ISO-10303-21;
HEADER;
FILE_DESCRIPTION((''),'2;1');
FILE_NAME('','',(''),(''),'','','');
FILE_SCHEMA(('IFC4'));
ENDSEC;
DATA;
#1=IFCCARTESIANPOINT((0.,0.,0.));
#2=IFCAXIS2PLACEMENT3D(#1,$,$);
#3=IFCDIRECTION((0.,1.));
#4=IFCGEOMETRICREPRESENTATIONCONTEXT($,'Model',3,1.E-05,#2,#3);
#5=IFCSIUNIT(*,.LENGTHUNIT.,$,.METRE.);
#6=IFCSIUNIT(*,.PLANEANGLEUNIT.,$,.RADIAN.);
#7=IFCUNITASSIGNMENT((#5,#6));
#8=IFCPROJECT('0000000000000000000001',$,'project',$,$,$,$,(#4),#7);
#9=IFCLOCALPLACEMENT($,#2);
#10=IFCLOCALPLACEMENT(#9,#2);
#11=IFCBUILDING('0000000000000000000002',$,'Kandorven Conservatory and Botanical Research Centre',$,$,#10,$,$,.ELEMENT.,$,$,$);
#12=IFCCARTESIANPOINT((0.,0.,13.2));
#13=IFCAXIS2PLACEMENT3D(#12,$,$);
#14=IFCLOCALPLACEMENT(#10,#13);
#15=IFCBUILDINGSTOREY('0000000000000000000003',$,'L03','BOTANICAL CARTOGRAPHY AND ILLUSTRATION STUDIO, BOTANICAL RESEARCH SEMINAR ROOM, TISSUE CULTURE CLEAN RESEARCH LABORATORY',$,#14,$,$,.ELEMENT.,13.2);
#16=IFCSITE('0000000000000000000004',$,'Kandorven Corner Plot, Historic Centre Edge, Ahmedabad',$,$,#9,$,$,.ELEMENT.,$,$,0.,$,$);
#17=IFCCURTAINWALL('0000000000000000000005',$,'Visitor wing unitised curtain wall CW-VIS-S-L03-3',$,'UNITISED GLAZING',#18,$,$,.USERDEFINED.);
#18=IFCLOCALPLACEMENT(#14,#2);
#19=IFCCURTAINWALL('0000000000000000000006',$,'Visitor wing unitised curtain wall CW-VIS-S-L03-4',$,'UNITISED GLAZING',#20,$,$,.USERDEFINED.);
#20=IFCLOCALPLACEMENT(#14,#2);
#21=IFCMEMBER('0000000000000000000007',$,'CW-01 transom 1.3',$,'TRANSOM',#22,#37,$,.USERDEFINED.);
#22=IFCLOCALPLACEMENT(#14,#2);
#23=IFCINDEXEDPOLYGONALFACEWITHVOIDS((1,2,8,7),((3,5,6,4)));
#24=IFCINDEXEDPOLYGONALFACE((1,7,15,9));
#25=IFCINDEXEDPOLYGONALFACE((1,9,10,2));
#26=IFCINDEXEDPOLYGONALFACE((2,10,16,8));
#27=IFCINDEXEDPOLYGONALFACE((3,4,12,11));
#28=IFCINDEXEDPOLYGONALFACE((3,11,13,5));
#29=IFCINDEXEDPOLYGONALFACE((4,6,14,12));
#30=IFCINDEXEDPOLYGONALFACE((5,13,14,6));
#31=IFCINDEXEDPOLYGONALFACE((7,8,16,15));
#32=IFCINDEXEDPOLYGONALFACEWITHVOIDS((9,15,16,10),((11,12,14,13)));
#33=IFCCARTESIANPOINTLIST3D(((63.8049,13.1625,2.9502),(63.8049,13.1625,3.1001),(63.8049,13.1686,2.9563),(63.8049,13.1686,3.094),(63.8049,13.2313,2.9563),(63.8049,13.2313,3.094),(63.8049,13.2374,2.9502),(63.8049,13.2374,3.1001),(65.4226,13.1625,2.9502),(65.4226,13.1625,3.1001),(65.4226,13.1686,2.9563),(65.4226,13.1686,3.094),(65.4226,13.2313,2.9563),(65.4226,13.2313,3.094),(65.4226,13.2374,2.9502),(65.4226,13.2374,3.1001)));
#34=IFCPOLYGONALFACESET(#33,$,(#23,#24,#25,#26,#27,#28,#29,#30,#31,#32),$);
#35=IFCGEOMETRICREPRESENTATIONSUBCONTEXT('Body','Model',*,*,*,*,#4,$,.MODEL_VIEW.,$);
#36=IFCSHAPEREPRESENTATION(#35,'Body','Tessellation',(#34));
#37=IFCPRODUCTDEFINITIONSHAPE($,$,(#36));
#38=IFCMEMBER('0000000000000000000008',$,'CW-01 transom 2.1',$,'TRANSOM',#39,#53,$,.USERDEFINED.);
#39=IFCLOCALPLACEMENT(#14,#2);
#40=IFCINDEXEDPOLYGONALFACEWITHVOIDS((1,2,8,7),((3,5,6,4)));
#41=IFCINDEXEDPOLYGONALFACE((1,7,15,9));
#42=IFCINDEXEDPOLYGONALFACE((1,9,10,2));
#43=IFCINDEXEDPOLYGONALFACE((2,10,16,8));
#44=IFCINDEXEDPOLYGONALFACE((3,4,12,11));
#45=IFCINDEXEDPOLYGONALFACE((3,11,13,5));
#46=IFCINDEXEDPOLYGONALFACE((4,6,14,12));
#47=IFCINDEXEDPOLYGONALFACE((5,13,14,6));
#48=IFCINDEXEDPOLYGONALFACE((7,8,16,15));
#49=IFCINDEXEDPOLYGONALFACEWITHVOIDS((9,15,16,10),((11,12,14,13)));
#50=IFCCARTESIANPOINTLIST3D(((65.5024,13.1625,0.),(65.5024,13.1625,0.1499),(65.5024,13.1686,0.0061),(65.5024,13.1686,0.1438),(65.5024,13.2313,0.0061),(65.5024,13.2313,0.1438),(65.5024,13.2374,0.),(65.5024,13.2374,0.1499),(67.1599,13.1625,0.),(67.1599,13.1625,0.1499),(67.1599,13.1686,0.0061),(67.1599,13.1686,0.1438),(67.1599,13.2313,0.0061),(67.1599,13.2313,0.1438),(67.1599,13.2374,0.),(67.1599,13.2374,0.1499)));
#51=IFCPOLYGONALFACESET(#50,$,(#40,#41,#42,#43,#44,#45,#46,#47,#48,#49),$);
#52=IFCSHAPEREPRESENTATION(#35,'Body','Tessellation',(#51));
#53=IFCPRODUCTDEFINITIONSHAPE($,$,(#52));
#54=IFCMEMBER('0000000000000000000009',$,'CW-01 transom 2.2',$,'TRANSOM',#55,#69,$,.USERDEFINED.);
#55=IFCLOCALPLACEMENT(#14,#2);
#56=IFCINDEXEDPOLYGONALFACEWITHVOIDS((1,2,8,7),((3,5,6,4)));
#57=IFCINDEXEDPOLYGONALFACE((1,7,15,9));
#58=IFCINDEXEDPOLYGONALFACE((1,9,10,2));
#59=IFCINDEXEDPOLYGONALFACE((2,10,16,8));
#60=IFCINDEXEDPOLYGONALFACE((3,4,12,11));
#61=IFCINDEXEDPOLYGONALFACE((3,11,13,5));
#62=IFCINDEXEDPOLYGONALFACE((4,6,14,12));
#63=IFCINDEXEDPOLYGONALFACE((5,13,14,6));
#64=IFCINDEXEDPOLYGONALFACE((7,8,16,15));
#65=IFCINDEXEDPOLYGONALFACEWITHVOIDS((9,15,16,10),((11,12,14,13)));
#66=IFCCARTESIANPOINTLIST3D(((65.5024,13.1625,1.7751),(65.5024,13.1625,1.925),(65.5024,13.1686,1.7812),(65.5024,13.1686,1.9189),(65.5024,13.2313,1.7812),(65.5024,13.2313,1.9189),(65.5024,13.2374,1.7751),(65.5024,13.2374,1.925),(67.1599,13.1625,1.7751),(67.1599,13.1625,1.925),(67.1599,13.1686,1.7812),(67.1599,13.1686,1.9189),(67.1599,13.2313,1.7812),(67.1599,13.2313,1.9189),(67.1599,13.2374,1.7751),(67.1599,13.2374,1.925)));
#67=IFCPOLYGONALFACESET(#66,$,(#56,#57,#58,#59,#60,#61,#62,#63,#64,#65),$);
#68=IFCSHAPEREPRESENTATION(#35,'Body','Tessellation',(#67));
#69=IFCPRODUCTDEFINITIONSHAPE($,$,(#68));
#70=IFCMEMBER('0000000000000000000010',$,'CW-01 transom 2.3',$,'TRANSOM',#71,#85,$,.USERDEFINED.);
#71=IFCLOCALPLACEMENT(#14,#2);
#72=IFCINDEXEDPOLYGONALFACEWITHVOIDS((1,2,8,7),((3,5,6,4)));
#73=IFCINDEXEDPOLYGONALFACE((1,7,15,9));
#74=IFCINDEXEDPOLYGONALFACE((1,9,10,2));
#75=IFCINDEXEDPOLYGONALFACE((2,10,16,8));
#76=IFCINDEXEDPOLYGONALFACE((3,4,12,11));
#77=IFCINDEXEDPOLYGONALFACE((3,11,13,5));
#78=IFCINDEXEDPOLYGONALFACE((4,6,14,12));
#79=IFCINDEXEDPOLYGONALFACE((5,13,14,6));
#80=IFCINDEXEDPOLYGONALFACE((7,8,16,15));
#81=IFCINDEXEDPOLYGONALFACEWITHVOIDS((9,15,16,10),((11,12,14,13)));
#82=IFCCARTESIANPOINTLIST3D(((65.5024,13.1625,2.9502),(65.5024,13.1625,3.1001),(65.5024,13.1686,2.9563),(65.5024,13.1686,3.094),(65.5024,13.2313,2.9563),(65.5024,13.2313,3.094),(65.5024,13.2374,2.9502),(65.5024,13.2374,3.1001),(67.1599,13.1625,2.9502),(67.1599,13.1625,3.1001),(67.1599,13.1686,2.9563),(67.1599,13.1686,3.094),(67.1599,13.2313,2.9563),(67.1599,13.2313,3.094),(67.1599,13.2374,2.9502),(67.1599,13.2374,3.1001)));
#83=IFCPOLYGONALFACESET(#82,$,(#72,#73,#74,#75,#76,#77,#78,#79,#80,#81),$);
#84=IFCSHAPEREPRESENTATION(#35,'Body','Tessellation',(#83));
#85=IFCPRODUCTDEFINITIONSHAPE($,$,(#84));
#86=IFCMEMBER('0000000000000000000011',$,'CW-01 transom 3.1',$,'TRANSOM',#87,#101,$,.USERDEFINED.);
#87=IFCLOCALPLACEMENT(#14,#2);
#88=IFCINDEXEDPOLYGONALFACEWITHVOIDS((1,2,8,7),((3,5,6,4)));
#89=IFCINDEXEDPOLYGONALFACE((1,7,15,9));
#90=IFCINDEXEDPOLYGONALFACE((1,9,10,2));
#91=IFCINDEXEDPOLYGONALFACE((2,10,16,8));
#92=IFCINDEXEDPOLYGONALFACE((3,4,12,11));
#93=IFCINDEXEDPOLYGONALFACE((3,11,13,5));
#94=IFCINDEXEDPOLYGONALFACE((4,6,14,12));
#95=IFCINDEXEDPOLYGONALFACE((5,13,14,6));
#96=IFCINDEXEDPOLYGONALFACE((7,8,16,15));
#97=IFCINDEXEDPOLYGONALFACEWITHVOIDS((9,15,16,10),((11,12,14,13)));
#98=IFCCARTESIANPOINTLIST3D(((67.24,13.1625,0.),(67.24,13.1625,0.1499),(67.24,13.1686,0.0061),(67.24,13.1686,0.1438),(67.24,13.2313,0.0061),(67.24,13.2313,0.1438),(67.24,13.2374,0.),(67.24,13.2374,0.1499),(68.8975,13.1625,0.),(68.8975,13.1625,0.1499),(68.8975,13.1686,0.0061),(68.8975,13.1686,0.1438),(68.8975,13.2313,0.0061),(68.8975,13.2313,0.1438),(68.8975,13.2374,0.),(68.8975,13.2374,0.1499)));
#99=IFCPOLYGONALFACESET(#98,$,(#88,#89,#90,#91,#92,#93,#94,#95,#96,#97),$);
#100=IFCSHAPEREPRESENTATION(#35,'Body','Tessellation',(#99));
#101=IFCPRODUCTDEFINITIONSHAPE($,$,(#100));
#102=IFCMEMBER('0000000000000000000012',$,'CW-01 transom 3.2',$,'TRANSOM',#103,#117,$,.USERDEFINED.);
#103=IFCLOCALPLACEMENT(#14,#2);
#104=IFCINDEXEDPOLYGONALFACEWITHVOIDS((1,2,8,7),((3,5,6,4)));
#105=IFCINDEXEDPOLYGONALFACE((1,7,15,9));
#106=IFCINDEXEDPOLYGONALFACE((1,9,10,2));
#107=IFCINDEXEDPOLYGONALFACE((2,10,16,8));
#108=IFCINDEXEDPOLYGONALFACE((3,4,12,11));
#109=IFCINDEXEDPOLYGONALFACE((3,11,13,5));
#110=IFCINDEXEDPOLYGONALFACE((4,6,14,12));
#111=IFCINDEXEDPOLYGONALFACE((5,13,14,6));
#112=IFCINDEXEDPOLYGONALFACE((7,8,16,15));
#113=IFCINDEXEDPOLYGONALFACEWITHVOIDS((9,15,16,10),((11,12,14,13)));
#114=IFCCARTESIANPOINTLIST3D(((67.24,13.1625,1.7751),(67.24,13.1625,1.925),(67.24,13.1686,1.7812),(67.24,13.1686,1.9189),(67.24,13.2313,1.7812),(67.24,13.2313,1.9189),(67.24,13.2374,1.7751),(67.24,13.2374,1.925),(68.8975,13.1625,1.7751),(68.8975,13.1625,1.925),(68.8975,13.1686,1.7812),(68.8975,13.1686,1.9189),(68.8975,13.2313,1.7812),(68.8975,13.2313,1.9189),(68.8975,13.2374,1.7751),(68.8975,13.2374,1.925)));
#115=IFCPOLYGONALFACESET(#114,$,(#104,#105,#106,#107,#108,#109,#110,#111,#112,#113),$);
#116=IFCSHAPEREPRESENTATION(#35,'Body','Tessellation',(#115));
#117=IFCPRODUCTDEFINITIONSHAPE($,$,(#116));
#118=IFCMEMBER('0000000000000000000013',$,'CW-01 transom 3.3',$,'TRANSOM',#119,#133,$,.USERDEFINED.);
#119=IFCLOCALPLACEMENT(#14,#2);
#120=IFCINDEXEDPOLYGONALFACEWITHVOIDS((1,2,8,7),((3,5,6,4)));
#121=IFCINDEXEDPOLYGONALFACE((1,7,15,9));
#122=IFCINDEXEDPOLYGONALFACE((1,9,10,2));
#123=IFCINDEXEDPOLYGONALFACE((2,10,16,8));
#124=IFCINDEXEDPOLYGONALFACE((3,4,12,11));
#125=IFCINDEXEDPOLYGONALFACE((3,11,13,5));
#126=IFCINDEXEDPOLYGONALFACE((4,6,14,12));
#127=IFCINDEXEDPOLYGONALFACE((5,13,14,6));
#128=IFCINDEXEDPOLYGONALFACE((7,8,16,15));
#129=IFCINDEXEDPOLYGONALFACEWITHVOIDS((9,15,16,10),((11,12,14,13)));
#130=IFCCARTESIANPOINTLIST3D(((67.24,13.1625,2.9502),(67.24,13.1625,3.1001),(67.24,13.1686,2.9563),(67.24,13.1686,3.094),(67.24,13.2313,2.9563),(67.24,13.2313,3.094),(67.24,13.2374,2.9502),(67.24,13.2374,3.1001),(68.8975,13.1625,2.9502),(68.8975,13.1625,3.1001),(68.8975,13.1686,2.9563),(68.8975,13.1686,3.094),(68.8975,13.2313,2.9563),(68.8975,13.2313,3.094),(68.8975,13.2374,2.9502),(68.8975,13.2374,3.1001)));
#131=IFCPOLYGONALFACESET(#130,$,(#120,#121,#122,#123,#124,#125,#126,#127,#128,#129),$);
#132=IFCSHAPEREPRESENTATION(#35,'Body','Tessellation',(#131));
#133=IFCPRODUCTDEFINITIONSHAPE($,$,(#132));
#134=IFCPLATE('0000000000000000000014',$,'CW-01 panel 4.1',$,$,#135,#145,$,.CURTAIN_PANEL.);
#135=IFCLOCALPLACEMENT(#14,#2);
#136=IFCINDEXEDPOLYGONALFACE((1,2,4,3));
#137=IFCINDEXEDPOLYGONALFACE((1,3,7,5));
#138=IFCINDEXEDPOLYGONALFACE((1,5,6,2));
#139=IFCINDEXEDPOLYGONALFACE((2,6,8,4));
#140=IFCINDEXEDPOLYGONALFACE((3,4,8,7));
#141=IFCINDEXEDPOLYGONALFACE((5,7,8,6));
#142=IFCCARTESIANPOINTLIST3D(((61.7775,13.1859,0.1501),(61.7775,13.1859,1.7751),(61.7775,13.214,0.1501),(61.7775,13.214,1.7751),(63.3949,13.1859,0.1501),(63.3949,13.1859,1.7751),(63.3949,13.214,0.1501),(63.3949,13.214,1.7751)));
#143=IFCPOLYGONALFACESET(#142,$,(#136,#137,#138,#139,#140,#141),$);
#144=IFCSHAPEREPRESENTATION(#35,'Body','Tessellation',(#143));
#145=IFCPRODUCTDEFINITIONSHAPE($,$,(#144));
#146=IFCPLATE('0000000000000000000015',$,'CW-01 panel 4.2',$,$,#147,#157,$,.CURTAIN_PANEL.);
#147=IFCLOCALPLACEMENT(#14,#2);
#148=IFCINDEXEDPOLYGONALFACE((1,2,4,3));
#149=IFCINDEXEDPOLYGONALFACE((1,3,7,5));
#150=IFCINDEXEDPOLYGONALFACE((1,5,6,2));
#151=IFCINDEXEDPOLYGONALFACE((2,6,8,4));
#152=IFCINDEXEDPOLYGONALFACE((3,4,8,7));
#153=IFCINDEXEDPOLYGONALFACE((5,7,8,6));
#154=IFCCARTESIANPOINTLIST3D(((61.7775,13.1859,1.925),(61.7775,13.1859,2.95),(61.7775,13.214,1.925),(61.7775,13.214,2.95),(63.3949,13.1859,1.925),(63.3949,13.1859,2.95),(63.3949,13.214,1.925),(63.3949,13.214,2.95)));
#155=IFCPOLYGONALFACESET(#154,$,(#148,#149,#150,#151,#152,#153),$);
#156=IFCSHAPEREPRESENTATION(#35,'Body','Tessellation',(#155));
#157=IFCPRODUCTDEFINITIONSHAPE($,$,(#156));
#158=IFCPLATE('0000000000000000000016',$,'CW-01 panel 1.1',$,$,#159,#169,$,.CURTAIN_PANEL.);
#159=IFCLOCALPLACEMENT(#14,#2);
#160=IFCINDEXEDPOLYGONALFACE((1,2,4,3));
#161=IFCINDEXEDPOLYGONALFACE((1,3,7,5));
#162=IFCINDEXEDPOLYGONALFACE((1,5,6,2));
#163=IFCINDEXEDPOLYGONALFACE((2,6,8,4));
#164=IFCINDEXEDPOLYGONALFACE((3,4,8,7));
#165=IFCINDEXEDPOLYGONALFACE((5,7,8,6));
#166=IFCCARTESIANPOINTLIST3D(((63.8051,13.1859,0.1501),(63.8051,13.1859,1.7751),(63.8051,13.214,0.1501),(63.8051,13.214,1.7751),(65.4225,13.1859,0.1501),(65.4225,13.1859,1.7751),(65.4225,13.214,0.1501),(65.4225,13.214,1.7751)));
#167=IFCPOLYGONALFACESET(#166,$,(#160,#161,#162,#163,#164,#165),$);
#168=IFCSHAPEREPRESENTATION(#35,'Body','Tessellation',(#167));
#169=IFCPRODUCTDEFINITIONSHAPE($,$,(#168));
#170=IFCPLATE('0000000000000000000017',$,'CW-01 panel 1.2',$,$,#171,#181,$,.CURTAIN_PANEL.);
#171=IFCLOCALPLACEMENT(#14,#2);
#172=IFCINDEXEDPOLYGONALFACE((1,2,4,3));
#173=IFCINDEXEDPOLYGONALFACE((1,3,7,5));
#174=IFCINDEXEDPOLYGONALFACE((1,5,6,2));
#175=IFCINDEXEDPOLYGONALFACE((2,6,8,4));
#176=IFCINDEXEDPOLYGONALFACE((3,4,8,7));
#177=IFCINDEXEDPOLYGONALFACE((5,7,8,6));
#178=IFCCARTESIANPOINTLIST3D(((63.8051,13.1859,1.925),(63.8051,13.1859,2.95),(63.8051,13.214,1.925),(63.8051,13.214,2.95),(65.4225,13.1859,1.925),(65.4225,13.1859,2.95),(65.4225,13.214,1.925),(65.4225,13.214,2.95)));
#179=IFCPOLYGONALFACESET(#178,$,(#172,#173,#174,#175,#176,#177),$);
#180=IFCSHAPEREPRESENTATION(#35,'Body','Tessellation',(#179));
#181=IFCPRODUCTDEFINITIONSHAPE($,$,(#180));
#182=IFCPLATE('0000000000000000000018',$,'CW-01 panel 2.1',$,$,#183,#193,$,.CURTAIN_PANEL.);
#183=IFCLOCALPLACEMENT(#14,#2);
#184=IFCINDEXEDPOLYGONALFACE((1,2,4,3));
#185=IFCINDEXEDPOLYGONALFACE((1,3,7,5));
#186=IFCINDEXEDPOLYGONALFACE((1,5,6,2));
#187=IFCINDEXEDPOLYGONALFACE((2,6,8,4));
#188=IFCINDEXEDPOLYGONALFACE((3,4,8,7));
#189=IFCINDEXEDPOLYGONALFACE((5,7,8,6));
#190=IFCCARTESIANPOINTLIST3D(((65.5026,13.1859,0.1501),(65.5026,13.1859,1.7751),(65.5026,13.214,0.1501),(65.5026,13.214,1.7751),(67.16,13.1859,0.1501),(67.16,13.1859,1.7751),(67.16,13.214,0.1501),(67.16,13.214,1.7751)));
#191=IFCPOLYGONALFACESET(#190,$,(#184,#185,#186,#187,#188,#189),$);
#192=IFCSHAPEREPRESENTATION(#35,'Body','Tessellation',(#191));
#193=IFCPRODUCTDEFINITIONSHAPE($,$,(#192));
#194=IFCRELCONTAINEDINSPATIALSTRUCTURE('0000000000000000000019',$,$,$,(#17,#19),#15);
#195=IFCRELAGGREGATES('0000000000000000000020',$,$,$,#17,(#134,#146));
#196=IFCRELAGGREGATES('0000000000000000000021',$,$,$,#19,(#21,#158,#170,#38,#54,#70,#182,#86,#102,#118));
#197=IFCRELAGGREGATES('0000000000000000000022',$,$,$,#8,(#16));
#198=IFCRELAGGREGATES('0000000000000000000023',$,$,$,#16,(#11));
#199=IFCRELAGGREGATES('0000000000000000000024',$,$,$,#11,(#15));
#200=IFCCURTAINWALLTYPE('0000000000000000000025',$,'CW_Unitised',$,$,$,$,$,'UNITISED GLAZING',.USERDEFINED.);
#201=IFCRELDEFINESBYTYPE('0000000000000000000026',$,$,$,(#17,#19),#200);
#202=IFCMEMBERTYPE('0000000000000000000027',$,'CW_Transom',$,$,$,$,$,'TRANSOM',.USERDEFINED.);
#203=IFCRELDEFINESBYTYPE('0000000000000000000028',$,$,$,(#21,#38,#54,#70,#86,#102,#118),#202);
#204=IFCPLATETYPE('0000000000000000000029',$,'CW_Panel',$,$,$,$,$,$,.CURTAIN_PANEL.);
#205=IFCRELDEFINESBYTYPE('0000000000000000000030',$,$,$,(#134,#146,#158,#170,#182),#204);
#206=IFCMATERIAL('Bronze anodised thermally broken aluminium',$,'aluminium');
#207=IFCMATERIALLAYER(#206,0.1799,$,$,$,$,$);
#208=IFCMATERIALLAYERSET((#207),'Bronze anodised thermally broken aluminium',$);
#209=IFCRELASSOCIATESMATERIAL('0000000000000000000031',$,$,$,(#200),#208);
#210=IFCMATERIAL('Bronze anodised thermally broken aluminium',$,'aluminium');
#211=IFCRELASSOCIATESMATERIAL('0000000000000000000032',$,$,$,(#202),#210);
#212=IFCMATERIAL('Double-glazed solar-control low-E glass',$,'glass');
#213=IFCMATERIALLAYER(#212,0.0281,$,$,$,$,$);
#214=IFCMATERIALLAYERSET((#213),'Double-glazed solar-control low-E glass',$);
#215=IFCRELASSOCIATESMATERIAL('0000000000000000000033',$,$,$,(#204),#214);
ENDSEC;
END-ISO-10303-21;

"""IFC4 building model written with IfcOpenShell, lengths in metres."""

from ifc_helpers import new_model, si_unit, direction, frame, origin, origin_2d, place, context, subcontext, project, spatial, rectangle, hollow_rectangle, extrude, material, layer, layer_set, material_profile, profile_set, type_object, element, aggregate, save


model = new_model("IFC4")

# Units and contexts
model_context = context("Model", 3, precision=1e-05, world=origin(), true_north=direction((0.0, 1.0)))
body_context = subcontext(model_context, "Body", "Model", "MODEL_VIEW")
ifc_project = project(units=[si_unit("LENGTHUNIT", "METRE"), si_unit("PLANEANGLEUNIT", "RADIAN")], contexts=[model_context])

# Site, building, storey
site_placement = place(None, origin())
site = spatial("IfcSite", under=ifc_project, at=site_placement, Name="Kandorven Corner Plot, Historic Centre Edge, Ahmedabad", CompositionType="ELEMENT", RefElevation=0.0)
building_placement = place(site_placement, origin())
building = spatial("IfcBuilding", under=site, at=building_placement, Name="Kandorven Conservatory and Botanical Research Centre", CompositionType="ELEMENT")
storey_placement = place(building_placement, frame((0.0, 0.0, 13.2)))
storey = spatial("IfcBuildingStorey", under=building, at=storey_placement, Name="L03", Description="BOTANICAL CARTOGRAPHY AND ILLUSTRATION STUDIO, BOTANICAL RESEARCH SEMINAR ROOM, TISSUE CULTURE CLEAN RESEARCH LABORATORY", CompositionType="ELEMENT", Elevation=13.2)

# Curtain wall
ifc_material_1 = material(Name="Bronze anodised thermally broken aluminium", Category="aluminium")
ifc_layer_1 = layer(ifc_material_1, 0.1799)
ifc_layer_set_1 = layer_set([ifc_layer_1], Name="Bronze anodised thermally broken aluminium")
curtain_wall_type = type_object("IfcCurtainWallType", Name="CW_Unitised", ElementType="UNITISED GLAZING", PredefinedType="USERDEFINED", material=ifc_layer_set_1)
curtain_wall_1_placement = place(storey_placement, origin())
curtain_wall_1 = element("IfcCurtainWall", 1, at=curtain_wall_1_placement, inside=storey, type_object=curtain_wall_type, Name="Visitor wing unitised curtain wall CW-VIS-S-L03-3", ObjectType="UNITISED GLAZING", PredefinedType="USERDEFINED")

# Curtain wall
curtain_wall_2_placement = place(storey_placement, origin())
curtain_wall_2 = element("IfcCurtainWall", 2, at=curtain_wall_2_placement, inside=storey, type_object=curtain_wall_type, Name="Visitor wing unitised curtain wall CW-VIS-S-L03-4", ObjectType="UNITISED GLAZING", PredefinedType="USERDEFINED")

# Members
ifc_material_2 = material(Name="Bronze anodised thermally broken aluminium", Category="aluminium")
ifc_material_profile_1 = material_profile(ifc_material_2, hollow_rectangle(XDim=0.075, YDim=0.1499, WallThickness=0.0061, at=origin_2d()))
ifc_profile_set_1 = profile_set([ifc_material_profile_1], Name="Bronze anodised thermally broken aluminium")
member_type_1 = type_object("IfcMemberType", Name="CW_Transom", ElementType="TRANSOM", PredefinedType="USERDEFINED", material=ifc_profile_set_1)
member_1_placement = place(storey_placement, frame((63.8049, 13.2, 3.0251), z_axis=(1.0, 0.0, 0.0), x_axis=(0.0, 1.0, 0.0)))
member_1 = element("IfcMember", 3, at=member_1_placement, type_object=member_type_1, Name="CW-01 transom 1.3", ObjectType="TRANSOM", PredefinedType="USERDEFINED", context=body_context, shape_type="SweptSolid", body=[
    extrude(hollow_rectangle(XDim=0.075, YDim=0.1499, WallThickness=0.0061, at=origin_2d()), origin(), (0.0, 0.0, 1.0), 1.6177),
])
member_2_placement = place(storey_placement, frame((65.5024, 13.2, 0.075), z_axis=(1.0, 0.0, 0.0), x_axis=(0.0, 1.0, 0.0)))
member_2 = element("IfcMember", 4, at=member_2_placement, type_object=member_type_1, Name="CW-01 transom 2.1", ObjectType="TRANSOM", PredefinedType="USERDEFINED", context=body_context, shape_type="SweptSolid", body=[
    extrude(hollow_rectangle(XDim=0.075, YDim=0.1499, WallThickness=0.0061, at=origin_2d()), origin(), (0.0, 0.0, 1.0), 1.6575),
])
member_3_placement = place(storey_placement, frame((65.5024, 13.2, 1.8501), z_axis=(1.0, 0.0, 0.0), x_axis=(0.0, 1.0, 0.0)))
member_3 = element("IfcMember", 5, at=member_3_placement, type_object=member_type_1, Name="CW-01 transom 2.2", ObjectType="TRANSOM", PredefinedType="USERDEFINED", context=body_context, shape_type="SweptSolid", body=[
    extrude(hollow_rectangle(XDim=0.075, YDim=0.1499, WallThickness=0.0061, at=origin_2d()), origin(), (0.0, 0.0, 1.0), 1.6575),
])
member_4_placement = place(storey_placement, frame((65.5024, 13.2, 3.0251), z_axis=(1.0, 0.0, 0.0), x_axis=(0.0, 1.0, 0.0)))
member_4 = element("IfcMember", 6, at=member_4_placement, type_object=member_type_1, Name="CW-01 transom 2.3", ObjectType="TRANSOM", PredefinedType="USERDEFINED", context=body_context, shape_type="SweptSolid", body=[
    extrude(hollow_rectangle(XDim=0.075, YDim=0.1499, WallThickness=0.0061, at=origin_2d()), origin(), (0.0, 0.0, 1.0), 1.6575),
])
member_5_placement = place(storey_placement, frame((67.24, 13.2, 0.075), z_axis=(1.0, 0.0, 0.0), x_axis=(0.0, 1.0, 0.0)))
member_5 = element("IfcMember", 7, at=member_5_placement, type_object=member_type_1, Name="CW-01 transom 3.1", ObjectType="TRANSOM", PredefinedType="USERDEFINED", context=body_context, shape_type="SweptSolid", body=[
    extrude(hollow_rectangle(XDim=0.075, YDim=0.1499, WallThickness=0.0061, at=origin_2d()), origin(), (0.0, 0.0, 1.0), 1.6575),
])
member_6_placement = place(storey_placement, frame((67.24, 13.2, 1.8501), z_axis=(1.0, 0.0, 0.0), x_axis=(0.0, 1.0, 0.0)))
member_6 = element("IfcMember", 8, at=member_6_placement, type_object=member_type_1, Name="CW-01 transom 3.2", ObjectType="TRANSOM", PredefinedType="USERDEFINED", context=body_context, shape_type="SweptSolid", body=[
    extrude(hollow_rectangle(XDim=0.075, YDim=0.1499, WallThickness=0.0061, at=origin_2d()), origin(), (0.0, 0.0, 1.0), 1.6575),
])
member_7_placement = place(storey_placement, frame((67.24, 13.2, 3.0251), z_axis=(1.0, 0.0, 0.0), x_axis=(0.0, 1.0, 0.0)))
member_7 = element("IfcMember", 9, at=member_7_placement, type_object=member_type_1, Name="CW-01 transom 3.3", ObjectType="TRANSOM", PredefinedType="USERDEFINED", context=body_context, shape_type="SweptSolid", body=[
    extrude(hollow_rectangle(XDim=0.075, YDim=0.1499, WallThickness=0.0061, at=origin_2d()), origin(), (0.0, 0.0, 1.0), 1.6575),
])

# Plates
ifc_material_3 = material(Name="Double-glazed solar-control low-E glass", Category="glass")
ifc_layer_2 = layer(ifc_material_3, 0.0281)
ifc_layer_set_2 = layer_set([ifc_layer_2], Name="Double-glazed solar-control low-E glass")
plate_type_1 = type_object("IfcPlateType", Name="CW_Panel", PredefinedType="CURTAIN_PANEL", material=ifc_layer_set_2)
plate_1_placement = place(storey_placement, frame((62.5862, 13.2, 0.1501), z_axis=(0.0, 0.0, 1.0), x_axis=(1.0, 0.0, 0.0)))
plate_1 = element("IfcPlate", 10, at=plate_1_placement, type_object=plate_type_1, Name="CW-01 panel 4.1", PredefinedType="CURTAIN_PANEL", context=body_context, shape_type="SweptSolid", body=[
    extrude(rectangle(XDim=1.6174, YDim=0.0281, at=origin_2d()), origin(), (0.0, 0.0, 1.0), 1.625),
])
plate_2_placement = place(storey_placement, frame((62.5862, 13.2, 1.925), z_axis=(0.0, 0.0, 1.0), x_axis=(1.0, 0.0, 0.0)))
plate_2 = element("IfcPlate", 11, at=plate_2_placement, type_object=plate_type_1, Name="CW-01 panel 4.2", PredefinedType="CURTAIN_PANEL", context=body_context, shape_type="SweptSolid", body=[
    extrude(rectangle(XDim=1.6174, YDim=0.0281, at=origin_2d()), origin(), (0.0, 0.0, 1.0), 1.0249),
])
aggregate(curtain_wall_1, [plate_1, plate_2])
plate_3_placement = place(storey_placement, frame((64.6138, 13.2, 0.1501), z_axis=(0.0, 0.0, 1.0), x_axis=(1.0, 0.0, 0.0)))
plate_3 = element("IfcPlate", 12, at=plate_3_placement, type_object=plate_type_1, Name="CW-01 panel 1.1", PredefinedType="CURTAIN_PANEL", context=body_context, shape_type="SweptSolid", body=[
    extrude(rectangle(XDim=1.6174, YDim=0.0281, at=origin_2d()), origin(), (0.0, 0.0, 1.0), 1.625),
])
plate_4_placement = place(storey_placement, frame((64.6138, 13.2, 1.925), z_axis=(0.0, 0.0, 1.0), x_axis=(1.0, 0.0, 0.0)))
plate_4 = element("IfcPlate", 13, at=plate_4_placement, type_object=plate_type_1, Name="CW-01 panel 1.2", PredefinedType="CURTAIN_PANEL", context=body_context, shape_type="SweptSolid", body=[
    extrude(rectangle(XDim=1.6174, YDim=0.0281, at=origin_2d()), origin(), (0.0, 0.0, 1.0), 1.0249),
])
plate_5_placement = place(storey_placement, frame((66.3313, 13.2, 0.1501), z_axis=(0.0, 0.0, 1.0), x_axis=(1.0, 0.0, 0.0)))
plate_5 = element("IfcPlate", 14, at=plate_5_placement, type_object=plate_type_1, Name="CW-01 panel 2.1", PredefinedType="CURTAIN_PANEL", context=body_context, shape_type="SweptSolid", body=[
    extrude(rectangle(XDim=1.6575, YDim=0.0281, at=origin_2d()), origin(), (0.0, 0.0, 1.0), 1.625),
])
aggregate(curtain_wall_2, [member_1, plate_3, plate_4, member_2, member_3, member_4, plate_5, member_5, member_6, member_7])

save(model, "model.ifc")
